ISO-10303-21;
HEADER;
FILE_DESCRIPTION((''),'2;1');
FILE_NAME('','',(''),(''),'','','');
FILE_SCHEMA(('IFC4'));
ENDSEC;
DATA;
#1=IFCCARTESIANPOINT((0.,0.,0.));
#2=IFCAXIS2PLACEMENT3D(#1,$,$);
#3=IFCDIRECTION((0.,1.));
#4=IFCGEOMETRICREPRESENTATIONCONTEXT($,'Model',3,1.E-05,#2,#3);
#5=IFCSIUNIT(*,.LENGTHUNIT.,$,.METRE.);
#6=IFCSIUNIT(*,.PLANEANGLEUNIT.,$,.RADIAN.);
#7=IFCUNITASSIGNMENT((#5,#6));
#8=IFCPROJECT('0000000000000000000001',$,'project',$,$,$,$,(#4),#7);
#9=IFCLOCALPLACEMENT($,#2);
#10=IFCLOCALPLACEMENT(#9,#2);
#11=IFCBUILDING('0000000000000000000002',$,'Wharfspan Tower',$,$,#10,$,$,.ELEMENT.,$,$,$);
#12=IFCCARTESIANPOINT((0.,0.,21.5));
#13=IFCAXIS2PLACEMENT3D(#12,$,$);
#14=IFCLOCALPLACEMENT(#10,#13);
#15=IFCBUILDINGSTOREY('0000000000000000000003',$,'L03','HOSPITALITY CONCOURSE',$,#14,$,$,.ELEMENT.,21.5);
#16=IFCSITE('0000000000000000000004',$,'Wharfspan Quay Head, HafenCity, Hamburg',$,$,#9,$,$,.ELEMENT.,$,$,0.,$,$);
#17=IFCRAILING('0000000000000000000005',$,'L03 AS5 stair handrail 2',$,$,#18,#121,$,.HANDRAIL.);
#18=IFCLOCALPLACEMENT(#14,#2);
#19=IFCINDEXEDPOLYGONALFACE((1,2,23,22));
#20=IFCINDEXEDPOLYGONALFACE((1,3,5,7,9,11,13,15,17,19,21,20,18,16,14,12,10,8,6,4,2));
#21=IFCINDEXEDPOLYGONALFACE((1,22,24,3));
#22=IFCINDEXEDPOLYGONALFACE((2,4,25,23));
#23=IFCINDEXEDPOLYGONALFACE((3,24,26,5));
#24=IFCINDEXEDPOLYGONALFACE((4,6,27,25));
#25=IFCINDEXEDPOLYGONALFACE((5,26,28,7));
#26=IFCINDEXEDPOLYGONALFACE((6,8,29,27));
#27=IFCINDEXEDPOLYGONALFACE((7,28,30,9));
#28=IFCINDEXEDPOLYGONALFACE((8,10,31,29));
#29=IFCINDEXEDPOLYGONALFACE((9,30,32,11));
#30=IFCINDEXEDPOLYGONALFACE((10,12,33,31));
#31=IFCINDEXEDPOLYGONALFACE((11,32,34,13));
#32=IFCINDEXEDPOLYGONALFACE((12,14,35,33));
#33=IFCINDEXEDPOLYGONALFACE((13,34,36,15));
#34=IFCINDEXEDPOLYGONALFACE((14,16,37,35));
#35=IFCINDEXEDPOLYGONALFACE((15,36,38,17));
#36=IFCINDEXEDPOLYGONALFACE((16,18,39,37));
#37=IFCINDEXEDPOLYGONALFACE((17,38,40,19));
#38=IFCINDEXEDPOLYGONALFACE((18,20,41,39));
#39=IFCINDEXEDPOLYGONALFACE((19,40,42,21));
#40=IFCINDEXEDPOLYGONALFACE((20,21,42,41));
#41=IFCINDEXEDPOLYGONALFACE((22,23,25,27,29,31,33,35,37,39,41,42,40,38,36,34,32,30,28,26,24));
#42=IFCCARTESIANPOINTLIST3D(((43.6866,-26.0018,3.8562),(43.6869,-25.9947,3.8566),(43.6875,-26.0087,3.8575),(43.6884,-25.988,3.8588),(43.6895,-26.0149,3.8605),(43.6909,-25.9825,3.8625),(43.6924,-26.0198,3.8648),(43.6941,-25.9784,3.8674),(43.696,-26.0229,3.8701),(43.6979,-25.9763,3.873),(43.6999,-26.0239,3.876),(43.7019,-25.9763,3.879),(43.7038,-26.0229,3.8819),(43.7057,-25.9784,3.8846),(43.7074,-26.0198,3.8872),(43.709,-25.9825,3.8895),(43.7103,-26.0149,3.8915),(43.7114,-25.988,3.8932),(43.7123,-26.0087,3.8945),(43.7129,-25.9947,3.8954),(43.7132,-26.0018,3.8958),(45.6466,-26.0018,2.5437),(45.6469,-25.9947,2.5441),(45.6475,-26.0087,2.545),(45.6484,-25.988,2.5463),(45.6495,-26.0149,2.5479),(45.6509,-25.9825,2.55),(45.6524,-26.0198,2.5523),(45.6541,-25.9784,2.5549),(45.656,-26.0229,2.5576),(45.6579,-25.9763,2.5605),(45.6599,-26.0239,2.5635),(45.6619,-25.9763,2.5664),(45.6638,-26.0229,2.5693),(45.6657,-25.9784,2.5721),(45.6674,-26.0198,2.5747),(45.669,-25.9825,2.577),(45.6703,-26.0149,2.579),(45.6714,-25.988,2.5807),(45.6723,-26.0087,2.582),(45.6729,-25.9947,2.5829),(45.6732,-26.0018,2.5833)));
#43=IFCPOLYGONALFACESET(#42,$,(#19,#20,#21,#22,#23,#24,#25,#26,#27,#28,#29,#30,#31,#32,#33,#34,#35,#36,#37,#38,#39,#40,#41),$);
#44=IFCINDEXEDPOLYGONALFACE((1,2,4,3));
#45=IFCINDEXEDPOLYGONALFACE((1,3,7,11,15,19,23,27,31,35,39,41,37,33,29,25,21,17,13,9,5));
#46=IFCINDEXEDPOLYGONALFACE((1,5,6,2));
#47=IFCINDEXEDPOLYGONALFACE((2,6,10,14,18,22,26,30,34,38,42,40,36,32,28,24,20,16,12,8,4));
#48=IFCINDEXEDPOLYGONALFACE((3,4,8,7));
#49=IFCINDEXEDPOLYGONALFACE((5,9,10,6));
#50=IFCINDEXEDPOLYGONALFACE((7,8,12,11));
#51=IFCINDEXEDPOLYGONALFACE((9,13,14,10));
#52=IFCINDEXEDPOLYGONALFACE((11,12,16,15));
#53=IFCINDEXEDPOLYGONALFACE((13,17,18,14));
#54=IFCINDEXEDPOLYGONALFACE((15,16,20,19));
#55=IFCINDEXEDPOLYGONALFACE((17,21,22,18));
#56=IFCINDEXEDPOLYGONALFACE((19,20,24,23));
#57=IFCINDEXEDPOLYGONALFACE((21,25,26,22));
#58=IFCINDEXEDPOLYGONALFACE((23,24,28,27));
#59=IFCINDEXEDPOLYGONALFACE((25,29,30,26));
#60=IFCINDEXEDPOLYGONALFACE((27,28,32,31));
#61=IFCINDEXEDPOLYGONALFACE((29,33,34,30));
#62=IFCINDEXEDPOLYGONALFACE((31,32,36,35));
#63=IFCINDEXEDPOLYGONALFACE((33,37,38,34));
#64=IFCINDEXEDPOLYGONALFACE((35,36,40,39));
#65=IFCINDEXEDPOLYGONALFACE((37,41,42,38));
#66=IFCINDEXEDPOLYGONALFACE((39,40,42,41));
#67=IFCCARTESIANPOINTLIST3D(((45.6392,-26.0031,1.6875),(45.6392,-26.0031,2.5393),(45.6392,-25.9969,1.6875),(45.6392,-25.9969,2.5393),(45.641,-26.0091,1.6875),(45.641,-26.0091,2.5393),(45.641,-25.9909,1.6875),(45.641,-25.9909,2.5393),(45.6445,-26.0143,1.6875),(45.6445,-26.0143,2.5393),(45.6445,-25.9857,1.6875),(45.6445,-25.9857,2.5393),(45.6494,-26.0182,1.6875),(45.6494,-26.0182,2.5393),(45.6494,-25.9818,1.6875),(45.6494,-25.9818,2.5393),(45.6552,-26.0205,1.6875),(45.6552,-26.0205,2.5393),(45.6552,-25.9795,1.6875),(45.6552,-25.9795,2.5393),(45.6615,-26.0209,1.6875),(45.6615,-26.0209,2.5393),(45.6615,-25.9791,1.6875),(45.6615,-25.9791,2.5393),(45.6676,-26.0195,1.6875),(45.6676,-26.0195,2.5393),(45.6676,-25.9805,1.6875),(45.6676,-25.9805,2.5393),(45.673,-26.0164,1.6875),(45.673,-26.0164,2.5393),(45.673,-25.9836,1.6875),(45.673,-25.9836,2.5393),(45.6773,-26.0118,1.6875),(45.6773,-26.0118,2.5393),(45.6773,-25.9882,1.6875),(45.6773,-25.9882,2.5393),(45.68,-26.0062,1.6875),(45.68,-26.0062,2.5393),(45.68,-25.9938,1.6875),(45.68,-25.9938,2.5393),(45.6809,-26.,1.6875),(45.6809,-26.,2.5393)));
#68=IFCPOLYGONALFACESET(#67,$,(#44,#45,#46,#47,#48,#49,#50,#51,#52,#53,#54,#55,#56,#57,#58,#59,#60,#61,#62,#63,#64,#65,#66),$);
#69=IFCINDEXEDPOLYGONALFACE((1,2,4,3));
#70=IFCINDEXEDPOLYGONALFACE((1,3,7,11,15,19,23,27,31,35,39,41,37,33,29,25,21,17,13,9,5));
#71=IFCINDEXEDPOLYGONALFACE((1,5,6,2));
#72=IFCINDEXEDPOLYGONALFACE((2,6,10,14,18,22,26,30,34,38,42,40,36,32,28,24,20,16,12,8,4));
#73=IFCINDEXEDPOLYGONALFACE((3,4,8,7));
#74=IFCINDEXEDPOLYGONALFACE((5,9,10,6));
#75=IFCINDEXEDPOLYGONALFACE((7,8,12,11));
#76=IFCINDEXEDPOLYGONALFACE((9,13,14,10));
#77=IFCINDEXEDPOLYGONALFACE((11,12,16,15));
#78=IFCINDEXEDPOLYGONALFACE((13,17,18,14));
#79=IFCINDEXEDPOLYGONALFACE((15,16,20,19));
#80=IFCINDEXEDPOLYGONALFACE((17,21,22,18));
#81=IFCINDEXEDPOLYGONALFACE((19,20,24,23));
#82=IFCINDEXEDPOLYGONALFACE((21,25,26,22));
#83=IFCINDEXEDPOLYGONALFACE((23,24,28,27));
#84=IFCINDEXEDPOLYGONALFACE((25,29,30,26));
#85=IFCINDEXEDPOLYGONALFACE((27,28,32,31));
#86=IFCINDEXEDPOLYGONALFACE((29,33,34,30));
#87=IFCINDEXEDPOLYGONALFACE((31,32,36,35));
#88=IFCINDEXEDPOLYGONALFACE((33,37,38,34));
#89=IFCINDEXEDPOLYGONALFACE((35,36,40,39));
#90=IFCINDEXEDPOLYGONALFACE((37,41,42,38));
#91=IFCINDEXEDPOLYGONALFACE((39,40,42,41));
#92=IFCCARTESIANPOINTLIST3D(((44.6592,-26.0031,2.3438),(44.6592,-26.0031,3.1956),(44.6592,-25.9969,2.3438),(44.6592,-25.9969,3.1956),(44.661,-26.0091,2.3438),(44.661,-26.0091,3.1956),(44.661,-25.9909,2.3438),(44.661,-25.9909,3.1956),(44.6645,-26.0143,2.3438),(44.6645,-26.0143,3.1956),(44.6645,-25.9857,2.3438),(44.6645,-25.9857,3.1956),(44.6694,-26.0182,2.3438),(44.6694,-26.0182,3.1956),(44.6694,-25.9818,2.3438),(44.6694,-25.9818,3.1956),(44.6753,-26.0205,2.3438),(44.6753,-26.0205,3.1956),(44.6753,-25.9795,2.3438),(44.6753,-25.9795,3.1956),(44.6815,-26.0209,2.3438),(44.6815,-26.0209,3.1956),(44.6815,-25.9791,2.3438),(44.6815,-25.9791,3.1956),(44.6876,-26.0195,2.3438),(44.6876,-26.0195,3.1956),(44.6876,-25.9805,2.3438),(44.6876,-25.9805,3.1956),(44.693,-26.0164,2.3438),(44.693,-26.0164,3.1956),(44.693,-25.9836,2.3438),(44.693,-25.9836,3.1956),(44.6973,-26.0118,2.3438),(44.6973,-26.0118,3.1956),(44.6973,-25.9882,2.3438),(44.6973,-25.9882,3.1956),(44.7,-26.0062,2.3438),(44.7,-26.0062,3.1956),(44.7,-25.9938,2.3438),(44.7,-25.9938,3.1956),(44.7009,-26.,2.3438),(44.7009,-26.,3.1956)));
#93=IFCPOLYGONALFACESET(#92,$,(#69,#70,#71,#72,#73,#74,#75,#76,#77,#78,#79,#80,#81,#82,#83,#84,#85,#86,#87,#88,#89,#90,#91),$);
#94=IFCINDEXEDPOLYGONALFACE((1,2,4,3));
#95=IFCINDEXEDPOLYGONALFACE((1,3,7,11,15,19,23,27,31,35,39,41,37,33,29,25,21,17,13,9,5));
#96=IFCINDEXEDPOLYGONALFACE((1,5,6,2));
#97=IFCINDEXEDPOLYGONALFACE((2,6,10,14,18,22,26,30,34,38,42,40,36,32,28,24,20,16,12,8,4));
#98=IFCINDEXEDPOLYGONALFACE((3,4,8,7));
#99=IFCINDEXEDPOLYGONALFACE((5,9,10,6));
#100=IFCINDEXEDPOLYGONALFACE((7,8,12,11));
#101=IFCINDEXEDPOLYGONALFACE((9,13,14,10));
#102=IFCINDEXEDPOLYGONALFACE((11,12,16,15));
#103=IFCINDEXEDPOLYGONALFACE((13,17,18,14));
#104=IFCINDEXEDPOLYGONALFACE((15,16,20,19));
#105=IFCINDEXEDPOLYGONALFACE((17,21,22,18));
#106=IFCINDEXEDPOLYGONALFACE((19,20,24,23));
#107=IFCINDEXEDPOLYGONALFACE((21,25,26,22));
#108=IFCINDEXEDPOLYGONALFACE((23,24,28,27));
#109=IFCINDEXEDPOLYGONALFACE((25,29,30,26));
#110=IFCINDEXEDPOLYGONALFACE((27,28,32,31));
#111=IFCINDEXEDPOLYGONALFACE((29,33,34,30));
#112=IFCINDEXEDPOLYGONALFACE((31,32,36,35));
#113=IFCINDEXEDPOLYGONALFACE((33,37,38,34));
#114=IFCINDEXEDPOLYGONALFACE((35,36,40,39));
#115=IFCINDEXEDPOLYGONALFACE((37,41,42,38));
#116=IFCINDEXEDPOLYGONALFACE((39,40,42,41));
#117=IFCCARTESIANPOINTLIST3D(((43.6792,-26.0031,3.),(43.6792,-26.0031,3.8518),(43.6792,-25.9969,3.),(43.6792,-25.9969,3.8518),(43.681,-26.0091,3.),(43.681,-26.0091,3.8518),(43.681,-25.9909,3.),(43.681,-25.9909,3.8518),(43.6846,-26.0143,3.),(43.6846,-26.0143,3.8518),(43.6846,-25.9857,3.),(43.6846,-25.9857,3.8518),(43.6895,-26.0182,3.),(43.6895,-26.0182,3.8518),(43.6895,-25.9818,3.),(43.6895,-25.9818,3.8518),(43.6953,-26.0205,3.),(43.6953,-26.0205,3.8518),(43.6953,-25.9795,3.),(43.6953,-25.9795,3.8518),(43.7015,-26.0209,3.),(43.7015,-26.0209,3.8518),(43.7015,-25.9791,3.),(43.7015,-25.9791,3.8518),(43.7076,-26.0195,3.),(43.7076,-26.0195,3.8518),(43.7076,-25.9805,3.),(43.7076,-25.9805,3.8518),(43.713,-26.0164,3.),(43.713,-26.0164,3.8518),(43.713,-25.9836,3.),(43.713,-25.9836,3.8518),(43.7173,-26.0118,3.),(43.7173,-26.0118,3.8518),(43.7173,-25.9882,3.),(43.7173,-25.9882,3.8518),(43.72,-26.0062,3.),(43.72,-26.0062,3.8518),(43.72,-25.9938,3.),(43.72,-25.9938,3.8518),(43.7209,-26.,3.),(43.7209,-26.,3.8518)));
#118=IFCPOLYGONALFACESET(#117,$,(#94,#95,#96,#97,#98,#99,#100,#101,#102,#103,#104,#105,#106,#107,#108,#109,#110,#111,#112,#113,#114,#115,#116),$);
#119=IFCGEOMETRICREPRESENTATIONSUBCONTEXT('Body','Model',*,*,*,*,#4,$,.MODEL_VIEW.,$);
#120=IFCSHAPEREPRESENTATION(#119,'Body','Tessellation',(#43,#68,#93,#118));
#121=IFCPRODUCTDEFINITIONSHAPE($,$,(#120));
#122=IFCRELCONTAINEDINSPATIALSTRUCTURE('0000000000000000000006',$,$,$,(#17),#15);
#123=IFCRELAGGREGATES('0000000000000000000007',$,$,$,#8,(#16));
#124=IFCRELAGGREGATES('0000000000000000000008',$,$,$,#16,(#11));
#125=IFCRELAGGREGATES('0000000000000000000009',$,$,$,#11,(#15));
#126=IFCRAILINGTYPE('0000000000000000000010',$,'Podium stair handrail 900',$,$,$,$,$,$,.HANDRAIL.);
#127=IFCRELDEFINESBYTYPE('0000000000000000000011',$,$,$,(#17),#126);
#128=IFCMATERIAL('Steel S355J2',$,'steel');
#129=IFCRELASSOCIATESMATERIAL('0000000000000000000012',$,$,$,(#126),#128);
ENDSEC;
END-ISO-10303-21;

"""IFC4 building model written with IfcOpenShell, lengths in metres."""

from ifc_helpers import new_model, si_unit, direction, frame, origin, origin_2d, place, context, subcontext, project, spatial, circle, extrude, material, type_object, element, save


model = new_model("IFC4")

# Units and contexts
model_context = context("Model", 3, precision=1e-05, world=origin(), true_north=direction((0.0, 1.0)))
body_context = subcontext(model_context, "Body", "Model", "MODEL_VIEW")
ifc_project = project(units=[si_unit("LENGTHUNIT", "METRE"), si_unit("PLANEANGLEUNIT", "RADIAN")], contexts=[model_context])

# Site, building, storey
site_placement = place(None, origin())
site = spatial("IfcSite", under=ifc_project, at=site_placement, Name="Wharfspan Quay Head, HafenCity, Hamburg", CompositionType="ELEMENT", RefElevation=0.0)
building_placement = place(site_placement, origin())
building = spatial("IfcBuilding", under=site, at=building_placement, Name="Wharfspan Tower", CompositionType="ELEMENT")
storey_placement = place(building_placement, frame((0.0, 0.0, 21.5)))
storey = spatial("IfcBuildingStorey", under=building, at=storey_placement, Name="L03", Description="HOSPITALITY CONCOURSE", CompositionType="ELEMENT", Elevation=21.5)

# Railing
ifc_material_1 = material(Name="Steel S355J2", Category="steel")
railing_type_1 = type_object("IfcRailingType", Name="Podium stair handrail 900", PredefinedType="HANDRAIL", material=ifc_material_1)
railing_1_placement = place(storey_placement, frame((45.6599, -26.0, 1.6875)))
element("IfcRailing", 1, at=railing_1_placement, inside=storey, type_object=railing_type_1, Name="L03 AS5 stair handrail 2", PredefinedType="HANDRAIL", context=body_context, shape_type="SweptSolid", body=[
    extrude(circle(Radius=0.0239, at=origin_2d()), frame((0.0, 0.0, 0.876), z_axis=(-0.830902, 0.0, 0.556419), x_axis=(0.0, -1.0, 0.0)), (0.0, 0.0, 1.0), 2.3589),
    extrude(circle(Radius=0.021, at=origin_2d()), origin(), (0.0, 0.0, 1.0), 0.8518),
    extrude(circle(Radius=0.021, at=origin_2d()), frame((-0.98, 0.0, 0.6562)), (0.0, 0.0, 1.0), 0.8518),
    extrude(circle(Radius=0.021, at=origin_2d()), frame((-1.96, 0.0, 1.3125)), (0.0, 0.0, 1.0), 0.8518),
])

save(model, "model.ifc")
